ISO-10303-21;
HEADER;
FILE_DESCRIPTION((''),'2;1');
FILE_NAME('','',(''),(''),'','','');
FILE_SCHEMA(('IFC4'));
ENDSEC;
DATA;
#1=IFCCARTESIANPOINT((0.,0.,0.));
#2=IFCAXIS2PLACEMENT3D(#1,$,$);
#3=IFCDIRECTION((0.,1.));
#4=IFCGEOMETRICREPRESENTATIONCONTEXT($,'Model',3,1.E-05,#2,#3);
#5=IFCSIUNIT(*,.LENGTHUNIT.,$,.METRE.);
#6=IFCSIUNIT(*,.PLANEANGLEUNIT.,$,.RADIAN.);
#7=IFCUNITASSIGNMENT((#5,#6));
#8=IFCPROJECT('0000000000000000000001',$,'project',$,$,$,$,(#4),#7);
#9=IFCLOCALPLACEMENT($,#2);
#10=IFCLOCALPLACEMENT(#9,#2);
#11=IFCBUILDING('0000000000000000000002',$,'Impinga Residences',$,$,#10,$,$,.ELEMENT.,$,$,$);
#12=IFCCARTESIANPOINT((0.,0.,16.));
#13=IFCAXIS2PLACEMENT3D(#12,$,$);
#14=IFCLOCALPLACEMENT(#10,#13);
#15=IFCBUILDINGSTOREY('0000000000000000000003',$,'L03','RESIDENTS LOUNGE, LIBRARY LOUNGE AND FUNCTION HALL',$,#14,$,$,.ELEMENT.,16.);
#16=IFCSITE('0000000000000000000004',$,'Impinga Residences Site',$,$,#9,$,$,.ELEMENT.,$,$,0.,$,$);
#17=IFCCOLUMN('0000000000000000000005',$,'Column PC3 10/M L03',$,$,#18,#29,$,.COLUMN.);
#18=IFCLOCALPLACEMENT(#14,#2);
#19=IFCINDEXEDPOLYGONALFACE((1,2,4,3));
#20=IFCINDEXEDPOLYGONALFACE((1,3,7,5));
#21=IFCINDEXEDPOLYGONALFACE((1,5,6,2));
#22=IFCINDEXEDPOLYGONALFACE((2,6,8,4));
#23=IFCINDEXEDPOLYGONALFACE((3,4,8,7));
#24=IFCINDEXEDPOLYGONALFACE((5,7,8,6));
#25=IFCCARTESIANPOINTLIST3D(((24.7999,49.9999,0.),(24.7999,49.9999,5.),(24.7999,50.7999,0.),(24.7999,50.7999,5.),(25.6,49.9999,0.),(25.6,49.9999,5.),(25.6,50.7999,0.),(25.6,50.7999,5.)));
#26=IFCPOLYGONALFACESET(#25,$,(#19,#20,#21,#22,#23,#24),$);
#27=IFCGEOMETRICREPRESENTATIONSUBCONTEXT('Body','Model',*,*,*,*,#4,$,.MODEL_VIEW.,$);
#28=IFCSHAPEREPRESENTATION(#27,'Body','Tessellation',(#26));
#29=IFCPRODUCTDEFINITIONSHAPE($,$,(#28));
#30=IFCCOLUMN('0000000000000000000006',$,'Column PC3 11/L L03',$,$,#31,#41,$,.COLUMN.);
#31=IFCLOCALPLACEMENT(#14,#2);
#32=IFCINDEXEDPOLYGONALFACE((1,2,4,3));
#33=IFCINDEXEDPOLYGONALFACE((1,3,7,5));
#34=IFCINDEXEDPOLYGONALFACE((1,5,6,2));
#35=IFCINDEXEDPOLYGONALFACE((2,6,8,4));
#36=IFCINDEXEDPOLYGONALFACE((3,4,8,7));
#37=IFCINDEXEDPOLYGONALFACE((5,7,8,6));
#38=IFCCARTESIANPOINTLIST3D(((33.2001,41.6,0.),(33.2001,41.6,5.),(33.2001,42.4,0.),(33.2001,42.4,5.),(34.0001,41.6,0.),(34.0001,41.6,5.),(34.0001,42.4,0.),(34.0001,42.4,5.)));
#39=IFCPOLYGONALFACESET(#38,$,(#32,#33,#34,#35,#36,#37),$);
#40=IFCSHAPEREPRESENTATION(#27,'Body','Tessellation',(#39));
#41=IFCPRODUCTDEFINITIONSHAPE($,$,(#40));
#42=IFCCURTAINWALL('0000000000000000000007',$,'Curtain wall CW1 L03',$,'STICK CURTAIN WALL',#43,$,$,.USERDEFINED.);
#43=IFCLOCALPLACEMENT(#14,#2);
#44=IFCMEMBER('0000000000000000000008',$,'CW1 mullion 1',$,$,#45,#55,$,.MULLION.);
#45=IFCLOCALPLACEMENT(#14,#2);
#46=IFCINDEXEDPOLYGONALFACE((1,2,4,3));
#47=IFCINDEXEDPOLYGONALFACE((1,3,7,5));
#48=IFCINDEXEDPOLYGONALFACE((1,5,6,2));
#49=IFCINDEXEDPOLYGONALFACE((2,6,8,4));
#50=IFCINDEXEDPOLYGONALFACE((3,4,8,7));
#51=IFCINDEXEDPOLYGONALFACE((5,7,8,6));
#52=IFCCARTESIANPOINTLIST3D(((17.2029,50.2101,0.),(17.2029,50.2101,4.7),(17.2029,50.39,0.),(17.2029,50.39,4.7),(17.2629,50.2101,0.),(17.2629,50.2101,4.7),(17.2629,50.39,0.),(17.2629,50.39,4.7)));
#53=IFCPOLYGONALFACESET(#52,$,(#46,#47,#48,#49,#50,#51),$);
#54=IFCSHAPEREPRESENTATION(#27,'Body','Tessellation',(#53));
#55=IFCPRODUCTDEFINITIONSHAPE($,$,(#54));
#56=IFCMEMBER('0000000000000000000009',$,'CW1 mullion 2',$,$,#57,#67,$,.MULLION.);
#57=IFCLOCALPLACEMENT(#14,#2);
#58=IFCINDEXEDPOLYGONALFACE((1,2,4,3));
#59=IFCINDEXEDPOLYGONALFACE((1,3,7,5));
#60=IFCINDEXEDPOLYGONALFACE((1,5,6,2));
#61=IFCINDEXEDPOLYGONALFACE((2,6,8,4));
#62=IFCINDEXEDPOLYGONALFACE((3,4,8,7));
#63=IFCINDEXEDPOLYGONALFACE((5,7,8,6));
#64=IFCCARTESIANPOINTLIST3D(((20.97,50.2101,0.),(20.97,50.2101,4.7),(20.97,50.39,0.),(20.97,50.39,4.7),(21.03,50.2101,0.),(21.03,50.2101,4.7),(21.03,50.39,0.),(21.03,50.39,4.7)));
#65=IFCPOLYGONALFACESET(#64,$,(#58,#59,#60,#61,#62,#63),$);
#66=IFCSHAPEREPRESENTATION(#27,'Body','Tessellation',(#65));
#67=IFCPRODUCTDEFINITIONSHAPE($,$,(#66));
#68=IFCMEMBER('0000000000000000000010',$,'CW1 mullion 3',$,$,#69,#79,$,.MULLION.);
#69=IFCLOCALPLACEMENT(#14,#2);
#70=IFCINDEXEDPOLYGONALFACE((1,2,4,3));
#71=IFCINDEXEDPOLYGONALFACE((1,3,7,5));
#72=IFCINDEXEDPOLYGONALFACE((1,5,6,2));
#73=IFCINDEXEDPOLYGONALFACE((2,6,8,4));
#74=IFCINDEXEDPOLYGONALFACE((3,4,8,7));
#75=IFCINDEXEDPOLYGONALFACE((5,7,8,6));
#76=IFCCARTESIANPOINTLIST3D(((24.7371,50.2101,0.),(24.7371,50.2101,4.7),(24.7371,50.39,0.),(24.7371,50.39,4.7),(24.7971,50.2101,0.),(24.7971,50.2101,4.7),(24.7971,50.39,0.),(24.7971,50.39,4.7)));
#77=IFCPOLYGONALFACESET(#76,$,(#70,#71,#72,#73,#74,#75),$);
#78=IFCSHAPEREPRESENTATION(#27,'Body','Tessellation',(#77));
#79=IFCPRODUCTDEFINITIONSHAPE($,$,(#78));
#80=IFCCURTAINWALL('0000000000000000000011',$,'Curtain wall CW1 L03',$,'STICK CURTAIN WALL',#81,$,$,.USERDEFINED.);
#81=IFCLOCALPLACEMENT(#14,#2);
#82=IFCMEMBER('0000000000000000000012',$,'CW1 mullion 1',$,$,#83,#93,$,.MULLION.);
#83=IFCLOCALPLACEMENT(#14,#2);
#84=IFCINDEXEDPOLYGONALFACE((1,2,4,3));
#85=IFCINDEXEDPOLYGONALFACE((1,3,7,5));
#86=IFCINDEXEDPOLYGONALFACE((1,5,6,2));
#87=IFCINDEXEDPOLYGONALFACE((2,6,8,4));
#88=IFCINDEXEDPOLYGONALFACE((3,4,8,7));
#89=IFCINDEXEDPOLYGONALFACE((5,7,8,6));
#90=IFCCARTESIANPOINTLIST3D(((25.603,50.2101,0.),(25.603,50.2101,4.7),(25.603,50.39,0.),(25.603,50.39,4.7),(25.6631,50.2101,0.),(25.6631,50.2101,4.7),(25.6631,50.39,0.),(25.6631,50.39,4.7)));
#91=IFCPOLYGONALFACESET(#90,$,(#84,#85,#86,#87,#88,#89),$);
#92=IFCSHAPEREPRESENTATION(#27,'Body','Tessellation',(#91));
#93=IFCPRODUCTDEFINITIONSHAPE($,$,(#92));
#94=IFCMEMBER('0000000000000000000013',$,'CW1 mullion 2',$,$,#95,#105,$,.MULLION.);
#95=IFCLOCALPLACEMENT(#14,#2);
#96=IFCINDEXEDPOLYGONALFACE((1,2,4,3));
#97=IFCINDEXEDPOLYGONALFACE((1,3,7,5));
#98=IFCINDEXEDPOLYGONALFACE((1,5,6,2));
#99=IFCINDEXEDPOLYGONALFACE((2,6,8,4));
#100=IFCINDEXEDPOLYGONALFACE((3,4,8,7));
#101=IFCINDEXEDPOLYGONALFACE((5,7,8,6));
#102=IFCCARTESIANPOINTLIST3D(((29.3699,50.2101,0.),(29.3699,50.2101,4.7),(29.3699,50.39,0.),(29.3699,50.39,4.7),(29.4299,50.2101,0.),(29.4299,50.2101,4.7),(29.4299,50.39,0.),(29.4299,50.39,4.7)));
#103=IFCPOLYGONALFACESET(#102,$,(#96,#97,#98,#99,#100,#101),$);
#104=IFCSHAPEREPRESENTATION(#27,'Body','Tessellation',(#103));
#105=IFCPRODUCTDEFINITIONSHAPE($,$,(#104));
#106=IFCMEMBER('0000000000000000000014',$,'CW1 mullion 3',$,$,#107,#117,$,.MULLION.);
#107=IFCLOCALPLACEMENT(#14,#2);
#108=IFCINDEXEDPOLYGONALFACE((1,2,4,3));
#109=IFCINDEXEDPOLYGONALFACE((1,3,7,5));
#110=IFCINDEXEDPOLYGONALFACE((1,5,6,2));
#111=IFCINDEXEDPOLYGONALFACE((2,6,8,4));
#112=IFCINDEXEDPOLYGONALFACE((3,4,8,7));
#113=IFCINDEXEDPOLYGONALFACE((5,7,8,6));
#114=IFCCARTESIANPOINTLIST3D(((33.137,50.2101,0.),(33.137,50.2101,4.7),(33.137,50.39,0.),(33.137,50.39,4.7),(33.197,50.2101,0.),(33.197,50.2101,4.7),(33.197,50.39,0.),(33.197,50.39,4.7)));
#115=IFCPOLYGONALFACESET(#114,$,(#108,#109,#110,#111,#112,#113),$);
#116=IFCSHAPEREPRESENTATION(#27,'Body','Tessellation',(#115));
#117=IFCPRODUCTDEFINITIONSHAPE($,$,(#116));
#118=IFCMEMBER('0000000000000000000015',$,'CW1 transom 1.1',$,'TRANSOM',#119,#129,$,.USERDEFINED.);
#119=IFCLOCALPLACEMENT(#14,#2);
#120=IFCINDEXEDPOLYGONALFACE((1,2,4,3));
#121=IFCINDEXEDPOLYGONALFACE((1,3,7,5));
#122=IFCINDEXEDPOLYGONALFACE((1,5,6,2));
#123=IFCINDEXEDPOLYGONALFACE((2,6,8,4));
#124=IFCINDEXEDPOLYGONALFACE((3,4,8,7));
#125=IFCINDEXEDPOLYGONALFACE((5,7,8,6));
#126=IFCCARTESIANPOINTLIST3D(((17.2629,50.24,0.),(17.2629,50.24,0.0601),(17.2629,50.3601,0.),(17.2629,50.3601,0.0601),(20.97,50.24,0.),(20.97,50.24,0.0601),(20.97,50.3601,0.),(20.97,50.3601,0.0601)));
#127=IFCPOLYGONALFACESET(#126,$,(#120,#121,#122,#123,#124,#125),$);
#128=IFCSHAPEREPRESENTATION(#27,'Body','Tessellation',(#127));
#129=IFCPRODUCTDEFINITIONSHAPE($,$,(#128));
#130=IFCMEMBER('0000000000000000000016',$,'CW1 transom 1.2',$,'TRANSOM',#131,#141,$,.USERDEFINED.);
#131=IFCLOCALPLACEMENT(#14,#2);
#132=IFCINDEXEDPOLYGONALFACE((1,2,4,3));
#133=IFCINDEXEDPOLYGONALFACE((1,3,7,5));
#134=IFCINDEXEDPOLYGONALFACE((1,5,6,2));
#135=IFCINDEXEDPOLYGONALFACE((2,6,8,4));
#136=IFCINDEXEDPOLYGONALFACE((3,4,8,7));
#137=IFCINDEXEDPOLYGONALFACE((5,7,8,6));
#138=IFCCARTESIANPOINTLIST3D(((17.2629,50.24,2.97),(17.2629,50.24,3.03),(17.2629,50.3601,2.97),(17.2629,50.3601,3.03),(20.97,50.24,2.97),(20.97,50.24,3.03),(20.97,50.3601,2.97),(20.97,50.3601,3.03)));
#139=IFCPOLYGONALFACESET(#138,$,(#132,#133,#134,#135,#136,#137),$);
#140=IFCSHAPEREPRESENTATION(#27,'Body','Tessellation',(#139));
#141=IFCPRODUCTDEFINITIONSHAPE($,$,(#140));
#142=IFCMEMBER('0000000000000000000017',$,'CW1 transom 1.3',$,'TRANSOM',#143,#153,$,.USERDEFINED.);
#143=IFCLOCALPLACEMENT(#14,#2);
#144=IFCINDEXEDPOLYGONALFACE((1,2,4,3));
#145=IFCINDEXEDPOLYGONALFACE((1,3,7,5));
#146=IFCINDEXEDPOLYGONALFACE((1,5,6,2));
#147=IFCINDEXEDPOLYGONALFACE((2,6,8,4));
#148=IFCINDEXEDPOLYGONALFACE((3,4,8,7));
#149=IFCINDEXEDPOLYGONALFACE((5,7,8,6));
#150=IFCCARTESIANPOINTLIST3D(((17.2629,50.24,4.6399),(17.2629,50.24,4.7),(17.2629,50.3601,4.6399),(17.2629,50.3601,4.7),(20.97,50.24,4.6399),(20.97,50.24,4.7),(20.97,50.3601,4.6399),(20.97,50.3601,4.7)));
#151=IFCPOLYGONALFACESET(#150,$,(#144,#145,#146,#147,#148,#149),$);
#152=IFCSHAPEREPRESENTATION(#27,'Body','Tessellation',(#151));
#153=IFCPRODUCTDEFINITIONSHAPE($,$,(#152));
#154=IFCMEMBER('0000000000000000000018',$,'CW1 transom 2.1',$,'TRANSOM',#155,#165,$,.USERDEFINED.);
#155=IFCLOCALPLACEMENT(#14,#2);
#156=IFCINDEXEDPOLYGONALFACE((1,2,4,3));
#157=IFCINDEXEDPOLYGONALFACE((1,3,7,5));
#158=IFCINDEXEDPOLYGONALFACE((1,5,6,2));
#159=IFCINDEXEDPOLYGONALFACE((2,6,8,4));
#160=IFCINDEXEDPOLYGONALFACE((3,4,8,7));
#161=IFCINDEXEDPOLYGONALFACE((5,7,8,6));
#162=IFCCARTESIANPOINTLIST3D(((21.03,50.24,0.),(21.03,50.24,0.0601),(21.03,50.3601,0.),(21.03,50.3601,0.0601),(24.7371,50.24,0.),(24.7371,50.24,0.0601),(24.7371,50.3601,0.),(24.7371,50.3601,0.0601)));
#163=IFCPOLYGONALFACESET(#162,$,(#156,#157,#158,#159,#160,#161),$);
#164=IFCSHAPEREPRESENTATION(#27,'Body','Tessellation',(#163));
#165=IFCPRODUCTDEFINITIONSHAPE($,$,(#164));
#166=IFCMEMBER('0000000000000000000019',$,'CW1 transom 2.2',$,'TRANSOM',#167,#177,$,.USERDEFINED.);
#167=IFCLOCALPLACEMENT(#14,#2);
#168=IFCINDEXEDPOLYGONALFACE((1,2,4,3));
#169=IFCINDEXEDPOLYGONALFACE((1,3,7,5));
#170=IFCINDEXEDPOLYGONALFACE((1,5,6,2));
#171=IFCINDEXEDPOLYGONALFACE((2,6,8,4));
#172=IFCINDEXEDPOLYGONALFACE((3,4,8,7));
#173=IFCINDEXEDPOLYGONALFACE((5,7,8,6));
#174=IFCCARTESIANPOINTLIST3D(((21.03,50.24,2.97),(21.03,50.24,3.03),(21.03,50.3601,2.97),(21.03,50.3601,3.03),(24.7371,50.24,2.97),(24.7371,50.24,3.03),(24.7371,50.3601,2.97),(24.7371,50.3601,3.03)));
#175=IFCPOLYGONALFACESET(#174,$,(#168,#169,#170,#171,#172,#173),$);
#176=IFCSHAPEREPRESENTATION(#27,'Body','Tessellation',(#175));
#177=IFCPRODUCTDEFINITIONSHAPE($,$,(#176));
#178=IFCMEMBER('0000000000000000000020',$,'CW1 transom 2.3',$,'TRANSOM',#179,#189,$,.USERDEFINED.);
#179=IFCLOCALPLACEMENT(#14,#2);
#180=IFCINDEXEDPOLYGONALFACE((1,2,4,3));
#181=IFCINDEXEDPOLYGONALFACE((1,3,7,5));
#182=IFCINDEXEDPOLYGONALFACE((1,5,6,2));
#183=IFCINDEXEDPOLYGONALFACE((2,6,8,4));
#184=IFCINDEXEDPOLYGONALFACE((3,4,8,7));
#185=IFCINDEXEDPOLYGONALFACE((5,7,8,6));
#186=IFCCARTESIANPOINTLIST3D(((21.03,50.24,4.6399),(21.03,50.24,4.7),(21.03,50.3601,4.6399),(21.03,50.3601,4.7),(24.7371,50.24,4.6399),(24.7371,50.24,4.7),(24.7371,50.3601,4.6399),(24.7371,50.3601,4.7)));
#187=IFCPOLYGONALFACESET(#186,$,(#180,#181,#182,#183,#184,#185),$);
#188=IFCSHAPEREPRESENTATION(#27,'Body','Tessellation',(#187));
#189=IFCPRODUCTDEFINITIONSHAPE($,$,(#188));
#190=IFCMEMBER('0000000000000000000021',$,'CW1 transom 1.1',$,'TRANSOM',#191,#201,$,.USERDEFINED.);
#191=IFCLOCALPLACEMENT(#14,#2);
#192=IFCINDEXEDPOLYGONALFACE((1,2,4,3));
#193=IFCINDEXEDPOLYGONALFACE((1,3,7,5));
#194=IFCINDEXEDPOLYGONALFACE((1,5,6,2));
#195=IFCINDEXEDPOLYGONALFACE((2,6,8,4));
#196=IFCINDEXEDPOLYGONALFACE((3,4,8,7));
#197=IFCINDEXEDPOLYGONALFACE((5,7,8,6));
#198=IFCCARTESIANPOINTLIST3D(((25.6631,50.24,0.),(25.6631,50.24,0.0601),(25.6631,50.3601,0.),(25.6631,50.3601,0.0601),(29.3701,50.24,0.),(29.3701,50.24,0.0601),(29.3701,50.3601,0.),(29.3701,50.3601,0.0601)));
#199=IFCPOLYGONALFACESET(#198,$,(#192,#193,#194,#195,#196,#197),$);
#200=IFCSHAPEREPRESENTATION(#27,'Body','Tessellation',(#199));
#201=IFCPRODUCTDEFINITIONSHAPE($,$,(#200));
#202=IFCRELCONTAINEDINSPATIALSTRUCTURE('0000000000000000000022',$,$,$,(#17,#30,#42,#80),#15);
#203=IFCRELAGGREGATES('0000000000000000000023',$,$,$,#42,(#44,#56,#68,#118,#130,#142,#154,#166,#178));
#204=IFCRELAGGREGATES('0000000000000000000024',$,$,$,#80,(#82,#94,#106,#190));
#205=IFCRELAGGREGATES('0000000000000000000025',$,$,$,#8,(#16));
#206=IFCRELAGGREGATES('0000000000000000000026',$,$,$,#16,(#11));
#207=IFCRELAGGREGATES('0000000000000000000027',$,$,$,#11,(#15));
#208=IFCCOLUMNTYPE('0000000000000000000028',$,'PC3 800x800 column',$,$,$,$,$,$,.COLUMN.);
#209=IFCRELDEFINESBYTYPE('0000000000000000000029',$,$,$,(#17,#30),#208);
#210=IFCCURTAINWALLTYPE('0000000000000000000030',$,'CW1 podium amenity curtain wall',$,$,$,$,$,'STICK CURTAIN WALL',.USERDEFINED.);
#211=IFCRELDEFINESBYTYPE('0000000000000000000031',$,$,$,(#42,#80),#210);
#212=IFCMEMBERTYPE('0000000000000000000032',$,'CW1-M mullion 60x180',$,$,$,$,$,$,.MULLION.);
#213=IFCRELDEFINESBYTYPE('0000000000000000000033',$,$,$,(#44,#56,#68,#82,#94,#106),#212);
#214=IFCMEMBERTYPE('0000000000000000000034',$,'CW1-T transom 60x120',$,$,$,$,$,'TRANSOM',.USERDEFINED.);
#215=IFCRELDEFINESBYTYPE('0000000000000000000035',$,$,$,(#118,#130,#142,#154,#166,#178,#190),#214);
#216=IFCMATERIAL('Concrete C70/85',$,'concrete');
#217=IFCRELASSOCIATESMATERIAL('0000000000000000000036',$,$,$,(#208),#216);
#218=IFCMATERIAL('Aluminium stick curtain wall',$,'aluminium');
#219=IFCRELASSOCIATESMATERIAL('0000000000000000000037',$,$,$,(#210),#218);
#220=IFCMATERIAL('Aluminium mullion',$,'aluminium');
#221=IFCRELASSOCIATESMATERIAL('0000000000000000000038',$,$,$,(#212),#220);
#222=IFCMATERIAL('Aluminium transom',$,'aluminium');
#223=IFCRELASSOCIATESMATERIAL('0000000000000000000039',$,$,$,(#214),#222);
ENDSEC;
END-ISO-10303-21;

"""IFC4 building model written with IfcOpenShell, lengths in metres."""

from ifc_helpers import new_model, si_unit, direction, frame, origin, origin_2d, place, context, subcontext, project, spatial, rectangle, extrude, material, material_profile, profile_set, type_object, element, aggregate, save


model = new_model("IFC4")

# Units and contexts
model_context = context("Model", 3, precision=1e-05, world=origin(), true_north=direction((0.0, 1.0)))
body_context = subcontext(model_context, "Body", "Model", "MODEL_VIEW")
ifc_project = project(units=[si_unit("LENGTHUNIT", "METRE"), si_unit("PLANEANGLEUNIT", "RADIAN")], contexts=[model_context])

# Site, building, storey
site_placement = place(None, origin())
site = spatial("IfcSite", under=ifc_project, at=site_placement, Name="Impinga Residences Site", CompositionType="ELEMENT", RefElevation=0.0)
building_placement = place(site_placement, origin())
building = spatial("IfcBuilding", under=site, at=building_placement, Name="Impinga Residences", CompositionType="ELEMENT")
storey_placement = place(building_placement, frame((0.0, 0.0, 16.0)))
storey = spatial("IfcBuildingStorey", under=building, at=storey_placement, Name="L03", Description="RESIDENTS LOUNGE, LIBRARY LOUNGE AND FUNCTION HALL", CompositionType="ELEMENT", Elevation=16.0)

# Columns
ifc_material_1 = material(Name="Concrete C70/85", Category="concrete")
ifc_material_profile_1 = material_profile(ifc_material_1, rectangle(XDim=0.8, YDim=0.8, at=origin_2d()), Name="RC 800x800")
ifc_profile_set_1 = profile_set([ifc_material_profile_1], Name="Concrete C70/85")
column_type = type_object("IfcColumnType", Name="PC3 800x800 column", PredefinedType="COLUMN", material=ifc_profile_set_1)
for number, where, z_axis, x_axis, name in (
    (1, (25.2, 50.3999, 0.0), (0.0, 0.0, 1.0), (1.0, 0.0, 0.0), "Column PC3 10/M L03"),
    (2, (33.6001, 42.0, 0.0), (0.0, 0.0, 1.0), (1.0, 0.0, 0.0), "Column PC3 11/L L03"),
):
    element("IfcColumn", number, at=place(storey_placement, frame(where, z_axis=z_axis, x_axis=x_axis)), inside=storey, type_object=column_type, Name=name, PredefinedType="COLUMN", context=body_context, shape_type="SweptSolid", body=[
        extrude(rectangle(XDim=0.8, YDim=0.8, at=origin_2d()), origin(), (0.0, 0.0, 1.0), 5.0),
    ])

# Curtain walls, members
ifc_material_2 = material(Name="Aluminium stick curtain wall", Category="aluminium")
curtain_wall_type = type_object("IfcCurtainWallType", Name="CW1 podium amenity curtain wall", ElementType="STICK CURTAIN WALL", PredefinedType="USERDEFINED", material=ifc_material_2)
curtain_wall_1_placement = place(storey_placement, origin())
curtain_wall_1 = element("IfcCurtainWall", 3, at=curtain_wall_1_placement, inside=storey, type_object=curtain_wall_type, Name="Curtain wall CW1 L03", ObjectType="STICK CURTAIN WALL", PredefinedType="USERDEFINED")
ifc_material_3 = material(Name="Aluminium mullion", Category="aluminium")
ifc_material_profile_2 = material_profile(ifc_material_3, rectangle(XDim=0.0601, YDim=0.1799, at=origin_2d()), Name="60x180 mullion")
ifc_profile_set_2 = profile_set([ifc_material_profile_2], Name="Aluminium mullion")
member_type_1 = type_object("IfcMemberType", Name="CW1-M mullion 60x180", PredefinedType="MULLION", material=ifc_profile_set_2)
member_1_placement = place(storey_placement, frame((17.2329, 50.3, 0.0), z_axis=(0.0, 0.0, 1.0), x_axis=(1.0, 0.0, 0.0)))
member_1 = element("IfcMember", 4, at=member_1_placement, type_object=member_type_1, Name="CW1 mullion 1", PredefinedType="MULLION", context=body_context, shape_type="SweptSolid", body=[
    extrude(rectangle(XDim=0.0601, YDim=0.1799, at=origin_2d()), origin(), (0.0, 0.0, 1.0), 4.7),
])
member_2_placement = place(storey_placement, frame((21.0, 50.3, 0.0), z_axis=(0.0, 0.0, 1.0), x_axis=(1.0, 0.0, 0.0)))
member_2 = element("IfcMember", 5, at=member_2_placement, type_object=member_type_1, Name="CW1 mullion 2", PredefinedType="MULLION", context=body_context, shape_type="SweptSolid", body=[
    extrude(rectangle(XDim=0.0601, YDim=0.1799, at=origin_2d()), origin(), (0.0, 0.0, 1.0), 4.7),
])
member_3_placement = place(storey_placement, frame((24.7671, 50.3, 0.0), z_axis=(0.0, 0.0, 1.0), x_axis=(1.0, 0.0, 0.0)))
member_3 = element("IfcMember", 6, at=member_3_placement, type_object=member_type_1, Name="CW1 mullion 3", PredefinedType="MULLION", context=body_context, shape_type="SweptSolid", body=[
    extrude(rectangle(XDim=0.0601, YDim=0.1799, at=origin_2d()), origin(), (0.0, 0.0, 1.0), 4.7),
])
curtain_wall_2_placement = place(storey_placement, origin())
curtain_wall_2 = element("IfcCurtainWall", 7, at=curtain_wall_2_placement, inside=storey, type_object=curtain_wall_type, Name="Curtain wall CW1 L03", ObjectType="STICK CURTAIN WALL", PredefinedType="USERDEFINED")
member_4_placement = place(storey_placement, frame((25.6331, 50.3, 0.0), z_axis=(0.0, 0.0, 1.0), x_axis=(1.0, 0.0, 0.0)))
member_4 = element("IfcMember", 8, at=member_4_placement, type_object=member_type_1, Name="CW1 mullion 1", PredefinedType="MULLION", context=body_context, shape_type="SweptSolid", body=[
    extrude(rectangle(XDim=0.0601, YDim=0.1799, at=origin_2d()), origin(), (0.0, 0.0, 1.0), 4.7),
])
member_5_placement = place(storey_placement, frame((29.3999, 50.3, 0.0), z_axis=(0.0, 0.0, 1.0), x_axis=(1.0, 0.0, 0.0)))
member_5 = element("IfcMember", 9, at=member_5_placement, type_object=member_type_1, Name="CW1 mullion 2", PredefinedType="MULLION", context=body_context, shape_type="SweptSolid", body=[
    extrude(rectangle(XDim=0.0601, YDim=0.1799, at=origin_2d()), origin(), (0.0, 0.0, 1.0), 4.7),
])
member_6_placement = place(storey_placement, frame((33.167, 50.3, 0.0), z_axis=(0.0, 0.0, 1.0), x_axis=(1.0, 0.0, 0.0)))
member_6 = element("IfcMember", 10, at=member_6_placement, type_object=member_type_1, Name="CW1 mullion 3", PredefinedType="MULLION", context=body_context, shape_type="SweptSolid", body=[
    extrude(rectangle(XDim=0.0601, YDim=0.1799, at=origin_2d()), origin(), (0.0, 0.0, 1.0), 4.7),
])

# Members
ifc_material_4 = material(Name="Aluminium transom", Category="aluminium")
ifc_material_profile_3 = material_profile(ifc_material_4, rectangle(XDim=0.0601, YDim=0.1201, at=origin_2d()), Name="60x120 transom")
ifc_profile_set_3 = profile_set([ifc_material_profile_3], Name="Aluminium transom")
member_type_2 = type_object("IfcMemberType", Name="CW1-T transom 60x120", ElementType="TRANSOM", PredefinedType="USERDEFINED", material=ifc_profile_set_3)
member_7_placement = place(storey_placement, frame((17.2629, 50.3, 0.03), z_axis=(1.0, 0.0, 0.0), x_axis=(0.0, 0.0, 1.0)))
member_7 = element("IfcMember", 11, at=member_7_placement, type_object=member_type_2, Name="CW1 transom 1.1", ObjectType="TRANSOM", PredefinedType="USERDEFINED", context=body_context, shape_type="SweptSolid", body=[
    extrude(rectangle(XDim=0.0601, YDim=0.1201, at=origin_2d()), origin(), (0.0, 0.0, 1.0), 3.707),
])
member_8_placement = place(storey_placement, frame((17.2629, 50.3, 3.0), z_axis=(1.0, 0.0, 0.0), x_axis=(0.0, 0.0, 1.0)))
member_8 = element("IfcMember", 12, at=member_8_placement, type_object=member_type_2, Name="CW1 transom 1.2", ObjectType="TRANSOM", PredefinedType="USERDEFINED", context=body_context, shape_type="SweptSolid", body=[
    extrude(rectangle(XDim=0.0601, YDim=0.1201, at=origin_2d()), origin(), (0.0, 0.0, 1.0), 3.707),
])
member_9_placement = place(storey_placement, frame((17.2629, 50.3, 4.6699), z_axis=(1.0, 0.0, 0.0), x_axis=(0.0, 0.0, 1.0)))
member_9 = element("IfcMember", 13, at=member_9_placement, type_object=member_type_2, Name="CW1 transom 1.3", ObjectType="TRANSOM", PredefinedType="USERDEFINED", context=body_context, shape_type="SweptSolid", body=[
    extrude(rectangle(XDim=0.0601, YDim=0.1201, at=origin_2d()), origin(), (0.0, 0.0, 1.0), 3.707),
])
member_10_placement = place(storey_placement, frame((21.03, 50.3, 0.03), z_axis=(1.0, 0.0, 0.0), x_axis=(0.0, 0.0, 1.0)))
member_10 = element("IfcMember", 14, at=member_10_placement, type_object=member_type_2, Name="CW1 transom 2.1", ObjectType="TRANSOM", PredefinedType="USERDEFINED", context=body_context, shape_type="SweptSolid", body=[
    extrude(rectangle(XDim=0.0601, YDim=0.1201, at=origin_2d()), origin(), (0.0, 0.0, 1.0), 3.707),
])
member_11_placement = place(storey_placement, frame((21.03, 50.3, 3.0), z_axis=(1.0, 0.0, 0.0), x_axis=(0.0, 0.0, 1.0)))
member_11 = element("IfcMember", 15, at=member_11_placement, type_object=member_type_2, Name="CW1 transom 2.2", ObjectType="TRANSOM", PredefinedType="USERDEFINED", context=body_context, shape_type="SweptSolid", body=[
    extrude(rectangle(XDim=0.0601, YDim=0.1201, at=origin_2d()), origin(), (0.0, 0.0, 1.0), 3.707),
])
member_12_placement = place(storey_placement, frame((21.03, 50.3, 4.6699), z_axis=(1.0, 0.0, 0.0), x_axis=(0.0, 0.0, 1.0)))
member_12 = element("IfcMember", 16, at=member_12_placement, type_object=member_type_2, Name="CW1 transom 2.3", ObjectType="TRANSOM", PredefinedType="USERDEFINED", context=body_context, shape_type="SweptSolid", body=[
    extrude(rectangle(XDim=0.0601, YDim=0.1201, at=origin_2d()), origin(), (0.0, 0.0, 1.0), 3.707),
])
member_13_placement = place(storey_placement, frame((25.6631, 50.3, 0.03), z_axis=(1.0, 0.0, 0.0), x_axis=(0.0, 0.0, 1.0)))
member_13 = element("IfcMember", 17, at=member_13_placement, type_object=member_type_2, Name="CW1 transom 1.1", ObjectType="TRANSOM", PredefinedType="USERDEFINED", context=body_context, shape_type="SweptSolid", body=[
    extrude(rectangle(XDim=0.0601, YDim=0.1201, at=origin_2d()), origin(), (0.0, 0.0, 1.0), 3.707),
])

aggregate(curtain_wall_1, [member_1, member_2, member_3, member_7, member_8, member_9, member_10, member_11, member_12])
aggregate(curtain_wall_2, [member_4, member_5, member_6, member_13])

save(model, "model.ifc")
